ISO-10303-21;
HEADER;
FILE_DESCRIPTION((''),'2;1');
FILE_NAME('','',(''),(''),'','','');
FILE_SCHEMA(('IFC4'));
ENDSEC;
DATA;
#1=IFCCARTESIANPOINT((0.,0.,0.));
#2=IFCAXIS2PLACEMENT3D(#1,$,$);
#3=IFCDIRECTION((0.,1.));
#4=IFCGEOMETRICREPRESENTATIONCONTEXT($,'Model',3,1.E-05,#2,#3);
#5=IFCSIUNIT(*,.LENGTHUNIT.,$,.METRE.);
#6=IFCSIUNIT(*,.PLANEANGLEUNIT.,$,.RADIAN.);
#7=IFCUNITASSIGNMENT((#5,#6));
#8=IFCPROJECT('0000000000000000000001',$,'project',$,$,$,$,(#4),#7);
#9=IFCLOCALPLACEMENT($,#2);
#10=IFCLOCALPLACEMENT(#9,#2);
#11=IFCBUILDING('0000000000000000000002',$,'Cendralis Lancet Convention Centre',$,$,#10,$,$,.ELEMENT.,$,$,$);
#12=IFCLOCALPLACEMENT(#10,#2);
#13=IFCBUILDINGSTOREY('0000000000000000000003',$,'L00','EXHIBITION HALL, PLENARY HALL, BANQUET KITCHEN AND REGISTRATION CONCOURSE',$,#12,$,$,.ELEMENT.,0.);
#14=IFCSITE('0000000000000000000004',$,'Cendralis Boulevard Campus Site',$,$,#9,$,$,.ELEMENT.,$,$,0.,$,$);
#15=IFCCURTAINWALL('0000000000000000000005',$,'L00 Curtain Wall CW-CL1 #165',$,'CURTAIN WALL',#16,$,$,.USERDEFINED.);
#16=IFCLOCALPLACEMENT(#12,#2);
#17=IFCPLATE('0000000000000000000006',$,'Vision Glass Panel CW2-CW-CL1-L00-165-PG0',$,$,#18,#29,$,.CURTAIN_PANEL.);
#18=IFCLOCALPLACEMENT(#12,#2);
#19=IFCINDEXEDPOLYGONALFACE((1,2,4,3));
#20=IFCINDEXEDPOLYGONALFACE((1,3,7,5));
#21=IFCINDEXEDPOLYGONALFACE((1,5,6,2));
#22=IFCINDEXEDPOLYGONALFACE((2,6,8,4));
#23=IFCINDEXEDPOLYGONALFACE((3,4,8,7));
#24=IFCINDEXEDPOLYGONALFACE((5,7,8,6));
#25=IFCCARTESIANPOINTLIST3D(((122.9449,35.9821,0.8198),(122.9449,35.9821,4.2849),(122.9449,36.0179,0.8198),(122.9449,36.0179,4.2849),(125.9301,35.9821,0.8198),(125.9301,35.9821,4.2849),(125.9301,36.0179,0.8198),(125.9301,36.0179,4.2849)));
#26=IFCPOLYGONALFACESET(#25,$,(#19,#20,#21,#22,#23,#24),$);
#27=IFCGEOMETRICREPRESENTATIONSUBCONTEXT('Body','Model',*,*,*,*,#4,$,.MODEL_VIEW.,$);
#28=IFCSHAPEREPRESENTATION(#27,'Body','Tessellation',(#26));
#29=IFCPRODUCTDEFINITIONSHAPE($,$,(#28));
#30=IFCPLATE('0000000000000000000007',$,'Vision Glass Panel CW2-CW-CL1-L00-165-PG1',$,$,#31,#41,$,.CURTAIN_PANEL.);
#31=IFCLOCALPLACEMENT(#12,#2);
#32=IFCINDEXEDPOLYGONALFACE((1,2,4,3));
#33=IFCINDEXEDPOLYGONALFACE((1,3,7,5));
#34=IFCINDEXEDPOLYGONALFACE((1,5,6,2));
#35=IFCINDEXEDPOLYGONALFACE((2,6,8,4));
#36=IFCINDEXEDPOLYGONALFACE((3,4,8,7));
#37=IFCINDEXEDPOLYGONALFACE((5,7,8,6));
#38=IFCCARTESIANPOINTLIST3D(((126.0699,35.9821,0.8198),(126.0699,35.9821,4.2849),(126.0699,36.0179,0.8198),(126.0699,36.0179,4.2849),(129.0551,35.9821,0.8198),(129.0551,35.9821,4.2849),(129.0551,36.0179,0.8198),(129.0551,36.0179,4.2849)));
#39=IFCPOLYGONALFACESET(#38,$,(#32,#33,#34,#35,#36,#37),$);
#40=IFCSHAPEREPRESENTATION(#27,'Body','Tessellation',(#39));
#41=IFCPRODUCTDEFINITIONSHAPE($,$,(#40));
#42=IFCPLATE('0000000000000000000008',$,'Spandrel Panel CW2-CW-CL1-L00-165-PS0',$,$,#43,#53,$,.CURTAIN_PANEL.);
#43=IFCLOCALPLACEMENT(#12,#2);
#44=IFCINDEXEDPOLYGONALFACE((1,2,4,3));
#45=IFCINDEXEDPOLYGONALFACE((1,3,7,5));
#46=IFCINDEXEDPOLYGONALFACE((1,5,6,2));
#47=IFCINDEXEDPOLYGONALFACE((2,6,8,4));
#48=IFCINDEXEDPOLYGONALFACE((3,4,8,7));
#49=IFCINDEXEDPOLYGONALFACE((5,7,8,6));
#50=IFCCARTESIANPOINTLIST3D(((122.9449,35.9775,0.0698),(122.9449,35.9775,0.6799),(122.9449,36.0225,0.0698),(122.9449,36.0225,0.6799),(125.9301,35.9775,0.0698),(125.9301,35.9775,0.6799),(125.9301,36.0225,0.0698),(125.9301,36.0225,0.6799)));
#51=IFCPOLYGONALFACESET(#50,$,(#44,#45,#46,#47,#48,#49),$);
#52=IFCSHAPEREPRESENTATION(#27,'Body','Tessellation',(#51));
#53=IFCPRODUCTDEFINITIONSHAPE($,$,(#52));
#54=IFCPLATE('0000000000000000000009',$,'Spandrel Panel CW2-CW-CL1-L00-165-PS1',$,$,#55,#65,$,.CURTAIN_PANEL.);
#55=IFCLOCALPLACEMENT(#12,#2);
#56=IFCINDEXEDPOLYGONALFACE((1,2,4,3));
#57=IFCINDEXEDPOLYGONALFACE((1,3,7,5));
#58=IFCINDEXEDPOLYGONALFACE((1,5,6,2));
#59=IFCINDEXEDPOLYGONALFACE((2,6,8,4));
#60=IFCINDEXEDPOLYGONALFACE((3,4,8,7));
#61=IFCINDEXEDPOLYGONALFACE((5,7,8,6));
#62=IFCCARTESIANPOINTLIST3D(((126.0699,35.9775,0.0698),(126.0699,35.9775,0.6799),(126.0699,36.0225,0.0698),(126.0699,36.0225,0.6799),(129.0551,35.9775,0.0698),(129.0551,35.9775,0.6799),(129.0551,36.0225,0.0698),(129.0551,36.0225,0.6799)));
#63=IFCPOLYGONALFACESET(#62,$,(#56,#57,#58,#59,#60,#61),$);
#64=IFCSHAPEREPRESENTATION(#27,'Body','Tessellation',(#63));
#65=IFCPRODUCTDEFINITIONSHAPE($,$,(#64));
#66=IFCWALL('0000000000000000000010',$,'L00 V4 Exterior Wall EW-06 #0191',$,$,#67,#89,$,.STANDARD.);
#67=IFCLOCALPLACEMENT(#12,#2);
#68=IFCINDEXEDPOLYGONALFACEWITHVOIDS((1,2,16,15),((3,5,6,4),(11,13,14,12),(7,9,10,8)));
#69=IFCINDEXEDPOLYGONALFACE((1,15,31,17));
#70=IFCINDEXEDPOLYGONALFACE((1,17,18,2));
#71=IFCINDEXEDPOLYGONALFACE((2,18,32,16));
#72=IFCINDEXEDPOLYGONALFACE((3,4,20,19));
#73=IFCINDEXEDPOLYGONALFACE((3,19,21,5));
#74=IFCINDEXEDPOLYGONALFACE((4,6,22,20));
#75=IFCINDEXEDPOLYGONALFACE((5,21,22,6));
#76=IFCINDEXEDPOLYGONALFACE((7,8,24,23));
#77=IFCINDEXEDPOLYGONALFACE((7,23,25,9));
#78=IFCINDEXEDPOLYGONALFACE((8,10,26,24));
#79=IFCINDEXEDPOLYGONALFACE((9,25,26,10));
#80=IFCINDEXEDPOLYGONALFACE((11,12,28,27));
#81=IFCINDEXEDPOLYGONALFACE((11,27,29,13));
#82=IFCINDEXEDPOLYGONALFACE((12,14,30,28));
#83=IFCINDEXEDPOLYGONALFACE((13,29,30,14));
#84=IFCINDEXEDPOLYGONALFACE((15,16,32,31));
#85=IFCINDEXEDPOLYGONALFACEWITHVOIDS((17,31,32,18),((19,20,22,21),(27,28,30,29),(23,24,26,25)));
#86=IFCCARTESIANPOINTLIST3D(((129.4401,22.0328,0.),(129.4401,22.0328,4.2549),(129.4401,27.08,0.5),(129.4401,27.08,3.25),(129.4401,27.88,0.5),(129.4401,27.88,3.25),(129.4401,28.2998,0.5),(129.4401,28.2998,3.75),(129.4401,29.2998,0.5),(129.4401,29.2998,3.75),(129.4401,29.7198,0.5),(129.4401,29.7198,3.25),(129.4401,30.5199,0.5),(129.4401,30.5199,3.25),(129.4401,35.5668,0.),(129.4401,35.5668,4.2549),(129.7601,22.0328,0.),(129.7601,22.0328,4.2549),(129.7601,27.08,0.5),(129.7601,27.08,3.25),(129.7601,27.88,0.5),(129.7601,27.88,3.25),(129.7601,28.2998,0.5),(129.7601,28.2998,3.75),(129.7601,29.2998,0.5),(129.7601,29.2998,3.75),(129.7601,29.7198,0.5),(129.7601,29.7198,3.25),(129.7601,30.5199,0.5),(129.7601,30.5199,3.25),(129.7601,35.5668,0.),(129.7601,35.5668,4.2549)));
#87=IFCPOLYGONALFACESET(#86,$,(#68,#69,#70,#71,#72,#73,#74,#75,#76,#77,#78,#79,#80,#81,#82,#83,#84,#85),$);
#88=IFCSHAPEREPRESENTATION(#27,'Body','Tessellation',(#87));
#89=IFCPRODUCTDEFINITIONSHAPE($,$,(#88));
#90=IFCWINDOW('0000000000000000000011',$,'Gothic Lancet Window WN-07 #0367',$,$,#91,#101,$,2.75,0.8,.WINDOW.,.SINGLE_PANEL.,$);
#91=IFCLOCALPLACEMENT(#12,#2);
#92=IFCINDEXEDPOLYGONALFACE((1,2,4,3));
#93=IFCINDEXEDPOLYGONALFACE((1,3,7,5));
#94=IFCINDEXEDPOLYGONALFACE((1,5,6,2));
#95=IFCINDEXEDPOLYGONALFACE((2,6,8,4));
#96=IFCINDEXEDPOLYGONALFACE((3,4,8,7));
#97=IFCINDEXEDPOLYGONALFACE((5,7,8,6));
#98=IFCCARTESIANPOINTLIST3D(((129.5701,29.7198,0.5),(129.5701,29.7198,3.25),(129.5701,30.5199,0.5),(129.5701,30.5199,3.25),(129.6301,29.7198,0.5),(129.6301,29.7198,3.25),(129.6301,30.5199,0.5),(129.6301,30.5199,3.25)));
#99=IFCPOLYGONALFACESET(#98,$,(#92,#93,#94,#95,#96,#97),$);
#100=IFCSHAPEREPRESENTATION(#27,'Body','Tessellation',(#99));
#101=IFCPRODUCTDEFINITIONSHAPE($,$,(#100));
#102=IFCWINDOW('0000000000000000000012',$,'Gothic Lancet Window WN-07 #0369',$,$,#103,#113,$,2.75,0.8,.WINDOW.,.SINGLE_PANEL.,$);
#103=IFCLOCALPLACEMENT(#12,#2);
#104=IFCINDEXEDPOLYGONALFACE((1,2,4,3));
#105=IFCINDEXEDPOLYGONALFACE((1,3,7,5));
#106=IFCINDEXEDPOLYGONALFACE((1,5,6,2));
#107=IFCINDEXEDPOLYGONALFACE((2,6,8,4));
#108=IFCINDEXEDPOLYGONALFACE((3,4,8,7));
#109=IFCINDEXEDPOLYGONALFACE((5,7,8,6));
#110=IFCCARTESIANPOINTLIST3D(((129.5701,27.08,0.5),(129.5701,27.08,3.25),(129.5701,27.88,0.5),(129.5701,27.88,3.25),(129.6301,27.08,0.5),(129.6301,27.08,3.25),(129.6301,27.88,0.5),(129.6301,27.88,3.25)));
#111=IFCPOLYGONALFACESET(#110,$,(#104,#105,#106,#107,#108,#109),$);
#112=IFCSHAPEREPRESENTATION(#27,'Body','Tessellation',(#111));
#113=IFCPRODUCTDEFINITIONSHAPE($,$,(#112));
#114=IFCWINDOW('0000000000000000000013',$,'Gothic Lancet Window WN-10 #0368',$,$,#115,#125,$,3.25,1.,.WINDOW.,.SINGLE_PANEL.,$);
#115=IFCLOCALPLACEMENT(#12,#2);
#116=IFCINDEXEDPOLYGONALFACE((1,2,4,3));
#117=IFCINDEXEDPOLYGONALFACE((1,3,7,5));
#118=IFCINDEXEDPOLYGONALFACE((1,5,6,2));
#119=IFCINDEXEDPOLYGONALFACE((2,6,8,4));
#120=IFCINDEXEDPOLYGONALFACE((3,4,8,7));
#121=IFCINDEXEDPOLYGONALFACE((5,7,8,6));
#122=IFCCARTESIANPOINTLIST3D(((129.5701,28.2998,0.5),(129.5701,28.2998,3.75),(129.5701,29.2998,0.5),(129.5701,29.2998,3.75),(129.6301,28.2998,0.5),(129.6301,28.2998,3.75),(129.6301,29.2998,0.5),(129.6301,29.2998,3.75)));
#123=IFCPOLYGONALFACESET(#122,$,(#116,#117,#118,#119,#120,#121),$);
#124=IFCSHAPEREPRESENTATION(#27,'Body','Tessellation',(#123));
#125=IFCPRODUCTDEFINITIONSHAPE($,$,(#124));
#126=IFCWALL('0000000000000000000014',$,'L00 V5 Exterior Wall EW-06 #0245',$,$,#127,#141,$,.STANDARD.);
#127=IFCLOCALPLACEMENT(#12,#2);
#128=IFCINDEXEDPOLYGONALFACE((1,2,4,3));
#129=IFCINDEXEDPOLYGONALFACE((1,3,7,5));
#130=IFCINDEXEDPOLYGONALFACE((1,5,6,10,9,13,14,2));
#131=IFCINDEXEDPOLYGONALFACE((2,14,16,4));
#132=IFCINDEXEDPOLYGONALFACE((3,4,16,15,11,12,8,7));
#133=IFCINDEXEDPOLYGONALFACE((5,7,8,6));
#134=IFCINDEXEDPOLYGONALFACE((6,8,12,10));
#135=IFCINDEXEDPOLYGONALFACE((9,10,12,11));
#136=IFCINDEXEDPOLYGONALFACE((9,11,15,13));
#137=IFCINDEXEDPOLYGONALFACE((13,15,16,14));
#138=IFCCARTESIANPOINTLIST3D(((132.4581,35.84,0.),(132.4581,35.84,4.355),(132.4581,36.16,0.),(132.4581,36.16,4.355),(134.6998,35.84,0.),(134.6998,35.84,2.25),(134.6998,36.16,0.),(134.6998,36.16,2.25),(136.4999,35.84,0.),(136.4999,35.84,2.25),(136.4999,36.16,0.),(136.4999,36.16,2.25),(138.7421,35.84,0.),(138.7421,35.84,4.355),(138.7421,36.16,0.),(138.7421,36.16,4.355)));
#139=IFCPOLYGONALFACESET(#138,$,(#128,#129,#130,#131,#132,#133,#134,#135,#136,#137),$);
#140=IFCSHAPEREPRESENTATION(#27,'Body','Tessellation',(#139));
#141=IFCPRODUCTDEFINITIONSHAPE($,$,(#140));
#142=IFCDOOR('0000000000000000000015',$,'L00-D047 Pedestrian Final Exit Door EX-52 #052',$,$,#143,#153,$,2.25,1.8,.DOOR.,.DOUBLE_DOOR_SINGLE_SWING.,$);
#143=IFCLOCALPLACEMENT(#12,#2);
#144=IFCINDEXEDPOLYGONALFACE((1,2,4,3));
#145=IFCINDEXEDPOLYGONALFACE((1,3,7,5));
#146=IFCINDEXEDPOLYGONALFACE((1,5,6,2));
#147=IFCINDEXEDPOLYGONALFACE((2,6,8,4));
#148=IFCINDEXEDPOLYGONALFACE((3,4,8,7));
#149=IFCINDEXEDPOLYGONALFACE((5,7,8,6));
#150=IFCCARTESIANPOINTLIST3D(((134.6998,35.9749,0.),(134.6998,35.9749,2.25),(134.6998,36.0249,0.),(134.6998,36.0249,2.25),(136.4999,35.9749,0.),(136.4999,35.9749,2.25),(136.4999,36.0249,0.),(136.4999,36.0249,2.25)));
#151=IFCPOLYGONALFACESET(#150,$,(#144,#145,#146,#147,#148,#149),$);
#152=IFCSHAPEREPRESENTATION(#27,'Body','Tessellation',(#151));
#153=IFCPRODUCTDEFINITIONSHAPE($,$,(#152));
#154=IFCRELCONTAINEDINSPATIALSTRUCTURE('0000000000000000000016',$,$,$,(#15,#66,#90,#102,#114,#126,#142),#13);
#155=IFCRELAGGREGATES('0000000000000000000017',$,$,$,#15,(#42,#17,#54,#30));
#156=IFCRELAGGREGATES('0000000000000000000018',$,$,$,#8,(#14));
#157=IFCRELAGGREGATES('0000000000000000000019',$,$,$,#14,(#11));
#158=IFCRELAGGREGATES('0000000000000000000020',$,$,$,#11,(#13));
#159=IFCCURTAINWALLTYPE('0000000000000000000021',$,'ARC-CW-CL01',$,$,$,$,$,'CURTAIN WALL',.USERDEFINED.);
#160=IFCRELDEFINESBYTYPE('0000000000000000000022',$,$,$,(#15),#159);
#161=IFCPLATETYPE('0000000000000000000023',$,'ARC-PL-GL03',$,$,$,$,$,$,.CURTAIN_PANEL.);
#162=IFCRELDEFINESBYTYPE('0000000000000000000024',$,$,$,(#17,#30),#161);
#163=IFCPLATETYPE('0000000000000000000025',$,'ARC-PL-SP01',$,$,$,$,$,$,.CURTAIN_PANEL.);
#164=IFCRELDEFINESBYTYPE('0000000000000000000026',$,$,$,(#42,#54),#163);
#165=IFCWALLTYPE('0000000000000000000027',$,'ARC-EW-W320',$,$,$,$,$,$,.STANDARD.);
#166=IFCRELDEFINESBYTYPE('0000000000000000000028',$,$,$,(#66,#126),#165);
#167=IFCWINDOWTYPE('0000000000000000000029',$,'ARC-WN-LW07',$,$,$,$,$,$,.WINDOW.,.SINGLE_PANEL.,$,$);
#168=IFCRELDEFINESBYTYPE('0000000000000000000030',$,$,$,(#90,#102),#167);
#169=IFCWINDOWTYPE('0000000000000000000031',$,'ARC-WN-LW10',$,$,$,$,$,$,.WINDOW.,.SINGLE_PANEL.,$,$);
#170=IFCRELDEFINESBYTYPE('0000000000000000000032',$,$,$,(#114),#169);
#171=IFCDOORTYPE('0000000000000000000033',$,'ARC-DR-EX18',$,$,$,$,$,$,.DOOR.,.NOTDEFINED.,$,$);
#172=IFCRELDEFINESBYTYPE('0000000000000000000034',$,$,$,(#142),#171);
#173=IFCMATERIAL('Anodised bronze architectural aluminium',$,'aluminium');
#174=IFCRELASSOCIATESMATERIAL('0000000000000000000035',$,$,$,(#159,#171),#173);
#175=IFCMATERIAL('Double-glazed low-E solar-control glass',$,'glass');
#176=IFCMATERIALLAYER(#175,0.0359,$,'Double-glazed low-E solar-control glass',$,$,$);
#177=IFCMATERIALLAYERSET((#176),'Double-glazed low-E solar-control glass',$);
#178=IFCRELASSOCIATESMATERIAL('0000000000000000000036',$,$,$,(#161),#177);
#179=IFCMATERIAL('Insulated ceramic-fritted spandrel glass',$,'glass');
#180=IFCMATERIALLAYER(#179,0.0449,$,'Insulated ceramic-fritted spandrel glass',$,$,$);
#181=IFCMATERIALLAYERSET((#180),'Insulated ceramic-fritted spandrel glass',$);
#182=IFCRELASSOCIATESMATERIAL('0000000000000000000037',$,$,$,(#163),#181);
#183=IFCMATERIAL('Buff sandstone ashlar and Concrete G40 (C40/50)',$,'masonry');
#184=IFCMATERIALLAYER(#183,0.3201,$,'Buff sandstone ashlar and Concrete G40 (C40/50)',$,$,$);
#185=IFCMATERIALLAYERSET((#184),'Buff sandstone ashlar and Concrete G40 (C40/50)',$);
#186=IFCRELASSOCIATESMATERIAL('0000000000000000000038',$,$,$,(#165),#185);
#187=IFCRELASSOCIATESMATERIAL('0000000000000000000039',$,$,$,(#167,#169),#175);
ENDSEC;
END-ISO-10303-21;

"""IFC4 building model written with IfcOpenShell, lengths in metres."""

from ifc_helpers import new_model, si_unit, direction, frame, frame_2d, origin, origin_2d, place, context, subcontext, project, spatial, rectangle, extrude, material, layer, layer_set, type_object, element, fill, aggregate, save


model = new_model("IFC4")

# Units and contexts
model_context = context("Model", 3, precision=1e-05, world=origin(), true_north=direction((0.0, 1.0)))
body_context = subcontext(model_context, "Body", "Model", "MODEL_VIEW")
ifc_project = project(units=[si_unit("LENGTHUNIT", "METRE"), si_unit("PLANEANGLEUNIT", "RADIAN")], contexts=[model_context])

# Site, building, storey
site_placement = place(None, origin())
site = spatial("IfcSite", under=ifc_project, at=site_placement, Name="Cendralis Boulevard Campus Site", CompositionType="ELEMENT", RefElevation=0.0)
building_placement = place(site_placement, origin())
building = spatial("IfcBuilding", under=site, at=building_placement, Name="Cendralis Lancet Convention Centre", CompositionType="ELEMENT")
storey_placement = place(building_placement, origin())
storey = spatial("IfcBuildingStorey", under=building, at=storey_placement, Name="L00", Description="EXHIBITION HALL, PLENARY HALL, BANQUET KITCHEN AND REGISTRATION CONCOURSE", CompositionType="ELEMENT", Elevation=0.0)

# Curtain wall
ifc_material_1 = material(Name="Anodised bronze architectural aluminium", Category="aluminium")
curtain_wall_type = type_object("IfcCurtainWallType", Name="ARC-CW-CL01", ElementType="CURTAIN WALL", PredefinedType="USERDEFINED", material=ifc_material_1)
curtain_wall_placement = place(storey_placement, origin())
curtain_wall = element("IfcCurtainWall", 1, at=curtain_wall_placement, inside=storey, type_object=curtain_wall_type, Name="L00 Curtain Wall CW-CL1 #165", ObjectType="CURTAIN WALL", PredefinedType="USERDEFINED")

# Plates
ifc_material_2 = material(Name="Double-glazed low-E solar-control glass", Category="glass")
ifc_layer_1 = layer(ifc_material_2, 0.0359, Name="Double-glazed low-E solar-control glass")
ifc_layer_set_1 = layer_set([ifc_layer_1], Name="Double-glazed low-E solar-control glass")
plate_type_1 = type_object("IfcPlateType", Name="ARC-PL-GL03", PredefinedType="CURTAIN_PANEL", material=ifc_layer_set_1)
plate_1_placement = place(storey_placement, frame((124.4375, 36.0, 0.8198), z_axis=(0.0, 0.0, 1.0), x_axis=(1.0, 0.0, 0.0)))
plate_1 = element("IfcPlate", 2, at=plate_1_placement, type_object=plate_type_1, Name="Vision Glass Panel CW2-CW-CL1-L00-165-PG0", PredefinedType="CURTAIN_PANEL", context=body_context, shape_type="SweptSolid", body=[
    extrude(rectangle(XDim=2.9851, YDim=0.0359, at=origin_2d()), origin(), (0.0, 0.0, 1.0), 3.4651),
])
plate_2_placement = place(storey_placement, frame((127.5625, 36.0, 0.8198), z_axis=(0.0, 0.0, 1.0), x_axis=(1.0, 0.0, 0.0)))
plate_2 = element("IfcPlate", 3, at=plate_2_placement, type_object=plate_type_1, Name="Vision Glass Panel CW2-CW-CL1-L00-165-PG1", PredefinedType="CURTAIN_PANEL", context=body_context, shape_type="SweptSolid", body=[
    extrude(rectangle(XDim=2.9851, YDim=0.0359, at=origin_2d()), origin(), (0.0, 0.0, 1.0), 3.4651),
])
ifc_material_3 = material(Name="Insulated ceramic-fritted spandrel glass", Category="glass")
ifc_layer_2 = layer(ifc_material_3, 0.0449, Name="Insulated ceramic-fritted spandrel glass")
ifc_layer_set_2 = layer_set([ifc_layer_2], Name="Insulated ceramic-fritted spandrel glass")
plate_type_2 = type_object("IfcPlateType", Name="ARC-PL-SP01", PredefinedType="CURTAIN_PANEL", material=ifc_layer_set_2)
plate_3_placement = place(storey_placement, frame((124.4375, 36.0, 0.0698), z_axis=(0.0, 0.0, 1.0), x_axis=(1.0, 0.0, 0.0)))
plate_3 = element("IfcPlate", 4, at=plate_3_placement, type_object=plate_type_2, Name="Spandrel Panel CW2-CW-CL1-L00-165-PS0", PredefinedType="CURTAIN_PANEL", context=body_context, shape_type="SweptSolid", body=[
    extrude(rectangle(XDim=2.9851, YDim=0.0449, at=origin_2d()), origin(), (0.0, 0.0, 1.0), 0.6101),
])
plate_4_placement = place(storey_placement, frame((127.5625, 36.0, 0.0698), z_axis=(0.0, 0.0, 1.0), x_axis=(1.0, 0.0, 0.0)))
plate_4 = element("IfcPlate", 5, at=plate_4_placement, type_object=plate_type_2, Name="Spandrel Panel CW2-CW-CL1-L00-165-PS1", PredefinedType="CURTAIN_PANEL", context=body_context, shape_type="SweptSolid", body=[
    extrude(rectangle(XDim=2.9851, YDim=0.0449, at=origin_2d()), origin(), (0.0, 0.0, 1.0), 0.6101),
])
aggregate(curtain_wall, [plate_3, plate_1, plate_4, plate_2])

# Wall, openings, windows
ifc_material_4 = material(Name="Buff sandstone ashlar and Concrete G40 (C40/50)", Category="masonry")
ifc_layer_3 = layer(ifc_material_4, 0.3201, Name="Buff sandstone ashlar and Concrete G40 (C40/50)")
ifc_layer_set_3 = layer_set([ifc_layer_3], Name="Buff sandstone ashlar and Concrete G40 (C40/50)")
wall_type = type_object("IfcWallType", Name="ARC-EW-W320", PredefinedType="STANDARD", material=ifc_layer_set_3)
wall_1_placement = place(storey_placement, frame((129.6001, 35.5669, 0.0), z_axis=(0.0, 0.0, 1.0), x_axis=(0.0, -1.0, 0.0)))
wall_1 = element("IfcWall", 6, at=wall_1_placement, inside=storey, type_object=wall_type, Name="L00 V4 Exterior Wall EW-06 #0191", PredefinedType="STANDARD", context=body_context, shape_type="SweptSolid", body=[
    extrude(rectangle(XDim=13.5339, YDim=0.3201, at=frame_2d((6.7671, 0.0))), origin(), (0.0, 0.0, 1.0), 4.2549),
])
opening_1_placement = place(wall_1_placement, frame((5.0471, 0.0, 0.5)))
opening_1 = element("IfcOpeningElement", 7, at=opening_1_placement, cuts=wall_1, PredefinedType="OPENING", context=body_context, shape_type="SweptSolid", body=[
    extrude(rectangle(XDim=0.8, YDim=2.75, at=frame_2d((0.3999, 1.375))), frame((0.0, 0.1699, 0.0), z_axis=(0.0, -1.0, 0.0), x_axis=(1.0, 0.0, 0.0)), (0.0, 0.0, 1.0), 0.3401),
])
opening_2_placement = place(wall_1_placement, frame((6.2671, 0.0, 0.5)))
opening_2 = element("IfcOpeningElement", 8, at=opening_2_placement, cuts=wall_1, PredefinedType="OPENING", context=body_context, shape_type="SweptSolid", body=[
    extrude(rectangle(XDim=1.0, YDim=3.25, at=frame_2d((0.5, 1.625))), frame((0.0, 0.1699, 0.0), z_axis=(0.0, -1.0, 0.0), x_axis=(1.0, 0.0, 0.0)), (0.0, 0.0, 1.0), 0.3401),
])
opening_3_placement = place(wall_1_placement, frame((7.687, 0.0, 0.5)))
opening_3 = element("IfcOpeningElement", 9, at=opening_3_placement, cuts=wall_1, PredefinedType="OPENING", context=body_context, shape_type="SweptSolid", body=[
    extrude(rectangle(XDim=0.8, YDim=2.75, at=frame_2d((0.3999, 1.375))), frame((0.0, 0.1699, 0.0), z_axis=(0.0, -1.0, 0.0), x_axis=(1.0, 0.0, 0.0)), (0.0, 0.0, 1.0), 0.3401),
])
window_type_1 = type_object("IfcWindowType", Name="ARC-WN-LW07", PartitioningType="SINGLE_PANEL", PredefinedType="WINDOW", material=ifc_material_2)
window_1_placement = place(opening_1_placement, origin())
window_1 = element("IfcWindow", 10, at=window_1_placement, inside=storey, type_object=window_type_1, Name="Gothic Lancet Window WN-07 #0367", OverallHeight=2.75, OverallWidth=0.8, PartitioningType="SINGLE_PANEL", PredefinedType="WINDOW", context=body_context, shape_type="SweptSolid", body=[
    extrude(rectangle(XDim=0.8, YDim=2.75, at=frame_2d((0.3999, 1.375))), frame((0.0, 0.03, 0.0), z_axis=(0.0, -1.0, 0.0), x_axis=(1.0, 0.0, 0.0)), (0.0, 0.0, 1.0), 0.0601),
])
fill(opening_1, window_1)
window_2_placement = place(opening_3_placement, origin())
window_2 = element("IfcWindow", 11, at=window_2_placement, inside=storey, type_object=window_type_1, Name="Gothic Lancet Window WN-07 #0369", OverallHeight=2.75, OverallWidth=0.8, PartitioningType="SINGLE_PANEL", PredefinedType="WINDOW", context=body_context, shape_type="SweptSolid", body=[
    extrude(rectangle(XDim=0.8, YDim=2.75, at=frame_2d((0.3999, 1.375))), frame((0.0, 0.03, 0.0), z_axis=(0.0, -1.0, 0.0), x_axis=(1.0, 0.0, 0.0)), (0.0, 0.0, 1.0), 0.0601),
])
fill(opening_3, window_2)
window_type_2 = type_object("IfcWindowType", Name="ARC-WN-LW10", PartitioningType="SINGLE_PANEL", PredefinedType="WINDOW", material=ifc_material_2)
window_3_placement = place(opening_2_placement, origin())
window_3 = element("IfcWindow", 12, at=window_3_placement, inside=storey, type_object=window_type_2, Name="Gothic Lancet Window WN-10 #0368", OverallHeight=3.25, OverallWidth=1.0, PartitioningType="SINGLE_PANEL", PredefinedType="WINDOW", context=body_context, shape_type="SweptSolid", body=[
    extrude(rectangle(XDim=1.0, YDim=3.25, at=frame_2d((0.5, 1.625))), frame((0.0, 0.03, 0.0), z_axis=(0.0, -1.0, 0.0), x_axis=(1.0, 0.0, 0.0)), (0.0, 0.0, 1.0), 0.0601),
])
fill(opening_2, window_3)

# Wall, opening, door
wall_2_placement = place(storey_placement, frame((132.458, 36.0, 0.0), z_axis=(0.0, 0.0, 1.0), x_axis=(1.0, 0.0, 0.0)))
wall_2 = element("IfcWall", 13, at=wall_2_placement, inside=storey, type_object=wall_type, Name="L00 V5 Exterior Wall EW-06 #0245", PredefinedType="STANDARD", context=body_context, shape_type="SweptSolid", body=[
    extrude(rectangle(XDim=6.2839, YDim=0.3201, at=frame_2d((3.1421, 0.0))), origin(), (0.0, 0.0, 1.0), 4.355),
])
opening_4_placement = place(wall_2_placement, frame((2.2419, 0.0, 0.0)))
opening_4 = element("IfcOpeningElement", 14, at=opening_4_placement, cuts=wall_2, PredefinedType="OPENING", context=body_context, shape_type="SweptSolid", body=[
    extrude(rectangle(XDim=1.8, YDim=2.25, at=frame_2d((0.8999, 1.125))), frame((0.0, 0.1699, 0.0), z_axis=(0.0, -1.0, 0.0), x_axis=(1.0, 0.0, 0.0)), (0.0, 0.0, 1.0), 0.3401),
])
door_type = type_object("IfcDoorType", Name="ARC-DR-EX18", OperationType="NOTDEFINED", PredefinedType="DOOR", material=ifc_material_1)
door_placement = place(opening_4_placement, origin())
door = element("IfcDoor", 15, at=door_placement, inside=storey, type_object=door_type, Name="L00-D047 Pedestrian Final Exit Door EX-52 #052", OperationType="DOUBLE_DOOR_SINGLE_SWING", OverallHeight=2.25, OverallWidth=1.8, PredefinedType="DOOR", context=body_context, shape_type="SweptSolid", body=[
    extrude(rectangle(XDim=1.8, YDim=2.25, at=frame_2d((0.8999, 1.125))), frame((0.0, 0.0249, 0.0), z_axis=(0.0, -1.0, 0.0), x_axis=(1.0, 0.0, 0.0)), (0.0, 0.0, 1.0), 0.05),
])
fill(opening_4, door)

save(model, "model.ifc")
